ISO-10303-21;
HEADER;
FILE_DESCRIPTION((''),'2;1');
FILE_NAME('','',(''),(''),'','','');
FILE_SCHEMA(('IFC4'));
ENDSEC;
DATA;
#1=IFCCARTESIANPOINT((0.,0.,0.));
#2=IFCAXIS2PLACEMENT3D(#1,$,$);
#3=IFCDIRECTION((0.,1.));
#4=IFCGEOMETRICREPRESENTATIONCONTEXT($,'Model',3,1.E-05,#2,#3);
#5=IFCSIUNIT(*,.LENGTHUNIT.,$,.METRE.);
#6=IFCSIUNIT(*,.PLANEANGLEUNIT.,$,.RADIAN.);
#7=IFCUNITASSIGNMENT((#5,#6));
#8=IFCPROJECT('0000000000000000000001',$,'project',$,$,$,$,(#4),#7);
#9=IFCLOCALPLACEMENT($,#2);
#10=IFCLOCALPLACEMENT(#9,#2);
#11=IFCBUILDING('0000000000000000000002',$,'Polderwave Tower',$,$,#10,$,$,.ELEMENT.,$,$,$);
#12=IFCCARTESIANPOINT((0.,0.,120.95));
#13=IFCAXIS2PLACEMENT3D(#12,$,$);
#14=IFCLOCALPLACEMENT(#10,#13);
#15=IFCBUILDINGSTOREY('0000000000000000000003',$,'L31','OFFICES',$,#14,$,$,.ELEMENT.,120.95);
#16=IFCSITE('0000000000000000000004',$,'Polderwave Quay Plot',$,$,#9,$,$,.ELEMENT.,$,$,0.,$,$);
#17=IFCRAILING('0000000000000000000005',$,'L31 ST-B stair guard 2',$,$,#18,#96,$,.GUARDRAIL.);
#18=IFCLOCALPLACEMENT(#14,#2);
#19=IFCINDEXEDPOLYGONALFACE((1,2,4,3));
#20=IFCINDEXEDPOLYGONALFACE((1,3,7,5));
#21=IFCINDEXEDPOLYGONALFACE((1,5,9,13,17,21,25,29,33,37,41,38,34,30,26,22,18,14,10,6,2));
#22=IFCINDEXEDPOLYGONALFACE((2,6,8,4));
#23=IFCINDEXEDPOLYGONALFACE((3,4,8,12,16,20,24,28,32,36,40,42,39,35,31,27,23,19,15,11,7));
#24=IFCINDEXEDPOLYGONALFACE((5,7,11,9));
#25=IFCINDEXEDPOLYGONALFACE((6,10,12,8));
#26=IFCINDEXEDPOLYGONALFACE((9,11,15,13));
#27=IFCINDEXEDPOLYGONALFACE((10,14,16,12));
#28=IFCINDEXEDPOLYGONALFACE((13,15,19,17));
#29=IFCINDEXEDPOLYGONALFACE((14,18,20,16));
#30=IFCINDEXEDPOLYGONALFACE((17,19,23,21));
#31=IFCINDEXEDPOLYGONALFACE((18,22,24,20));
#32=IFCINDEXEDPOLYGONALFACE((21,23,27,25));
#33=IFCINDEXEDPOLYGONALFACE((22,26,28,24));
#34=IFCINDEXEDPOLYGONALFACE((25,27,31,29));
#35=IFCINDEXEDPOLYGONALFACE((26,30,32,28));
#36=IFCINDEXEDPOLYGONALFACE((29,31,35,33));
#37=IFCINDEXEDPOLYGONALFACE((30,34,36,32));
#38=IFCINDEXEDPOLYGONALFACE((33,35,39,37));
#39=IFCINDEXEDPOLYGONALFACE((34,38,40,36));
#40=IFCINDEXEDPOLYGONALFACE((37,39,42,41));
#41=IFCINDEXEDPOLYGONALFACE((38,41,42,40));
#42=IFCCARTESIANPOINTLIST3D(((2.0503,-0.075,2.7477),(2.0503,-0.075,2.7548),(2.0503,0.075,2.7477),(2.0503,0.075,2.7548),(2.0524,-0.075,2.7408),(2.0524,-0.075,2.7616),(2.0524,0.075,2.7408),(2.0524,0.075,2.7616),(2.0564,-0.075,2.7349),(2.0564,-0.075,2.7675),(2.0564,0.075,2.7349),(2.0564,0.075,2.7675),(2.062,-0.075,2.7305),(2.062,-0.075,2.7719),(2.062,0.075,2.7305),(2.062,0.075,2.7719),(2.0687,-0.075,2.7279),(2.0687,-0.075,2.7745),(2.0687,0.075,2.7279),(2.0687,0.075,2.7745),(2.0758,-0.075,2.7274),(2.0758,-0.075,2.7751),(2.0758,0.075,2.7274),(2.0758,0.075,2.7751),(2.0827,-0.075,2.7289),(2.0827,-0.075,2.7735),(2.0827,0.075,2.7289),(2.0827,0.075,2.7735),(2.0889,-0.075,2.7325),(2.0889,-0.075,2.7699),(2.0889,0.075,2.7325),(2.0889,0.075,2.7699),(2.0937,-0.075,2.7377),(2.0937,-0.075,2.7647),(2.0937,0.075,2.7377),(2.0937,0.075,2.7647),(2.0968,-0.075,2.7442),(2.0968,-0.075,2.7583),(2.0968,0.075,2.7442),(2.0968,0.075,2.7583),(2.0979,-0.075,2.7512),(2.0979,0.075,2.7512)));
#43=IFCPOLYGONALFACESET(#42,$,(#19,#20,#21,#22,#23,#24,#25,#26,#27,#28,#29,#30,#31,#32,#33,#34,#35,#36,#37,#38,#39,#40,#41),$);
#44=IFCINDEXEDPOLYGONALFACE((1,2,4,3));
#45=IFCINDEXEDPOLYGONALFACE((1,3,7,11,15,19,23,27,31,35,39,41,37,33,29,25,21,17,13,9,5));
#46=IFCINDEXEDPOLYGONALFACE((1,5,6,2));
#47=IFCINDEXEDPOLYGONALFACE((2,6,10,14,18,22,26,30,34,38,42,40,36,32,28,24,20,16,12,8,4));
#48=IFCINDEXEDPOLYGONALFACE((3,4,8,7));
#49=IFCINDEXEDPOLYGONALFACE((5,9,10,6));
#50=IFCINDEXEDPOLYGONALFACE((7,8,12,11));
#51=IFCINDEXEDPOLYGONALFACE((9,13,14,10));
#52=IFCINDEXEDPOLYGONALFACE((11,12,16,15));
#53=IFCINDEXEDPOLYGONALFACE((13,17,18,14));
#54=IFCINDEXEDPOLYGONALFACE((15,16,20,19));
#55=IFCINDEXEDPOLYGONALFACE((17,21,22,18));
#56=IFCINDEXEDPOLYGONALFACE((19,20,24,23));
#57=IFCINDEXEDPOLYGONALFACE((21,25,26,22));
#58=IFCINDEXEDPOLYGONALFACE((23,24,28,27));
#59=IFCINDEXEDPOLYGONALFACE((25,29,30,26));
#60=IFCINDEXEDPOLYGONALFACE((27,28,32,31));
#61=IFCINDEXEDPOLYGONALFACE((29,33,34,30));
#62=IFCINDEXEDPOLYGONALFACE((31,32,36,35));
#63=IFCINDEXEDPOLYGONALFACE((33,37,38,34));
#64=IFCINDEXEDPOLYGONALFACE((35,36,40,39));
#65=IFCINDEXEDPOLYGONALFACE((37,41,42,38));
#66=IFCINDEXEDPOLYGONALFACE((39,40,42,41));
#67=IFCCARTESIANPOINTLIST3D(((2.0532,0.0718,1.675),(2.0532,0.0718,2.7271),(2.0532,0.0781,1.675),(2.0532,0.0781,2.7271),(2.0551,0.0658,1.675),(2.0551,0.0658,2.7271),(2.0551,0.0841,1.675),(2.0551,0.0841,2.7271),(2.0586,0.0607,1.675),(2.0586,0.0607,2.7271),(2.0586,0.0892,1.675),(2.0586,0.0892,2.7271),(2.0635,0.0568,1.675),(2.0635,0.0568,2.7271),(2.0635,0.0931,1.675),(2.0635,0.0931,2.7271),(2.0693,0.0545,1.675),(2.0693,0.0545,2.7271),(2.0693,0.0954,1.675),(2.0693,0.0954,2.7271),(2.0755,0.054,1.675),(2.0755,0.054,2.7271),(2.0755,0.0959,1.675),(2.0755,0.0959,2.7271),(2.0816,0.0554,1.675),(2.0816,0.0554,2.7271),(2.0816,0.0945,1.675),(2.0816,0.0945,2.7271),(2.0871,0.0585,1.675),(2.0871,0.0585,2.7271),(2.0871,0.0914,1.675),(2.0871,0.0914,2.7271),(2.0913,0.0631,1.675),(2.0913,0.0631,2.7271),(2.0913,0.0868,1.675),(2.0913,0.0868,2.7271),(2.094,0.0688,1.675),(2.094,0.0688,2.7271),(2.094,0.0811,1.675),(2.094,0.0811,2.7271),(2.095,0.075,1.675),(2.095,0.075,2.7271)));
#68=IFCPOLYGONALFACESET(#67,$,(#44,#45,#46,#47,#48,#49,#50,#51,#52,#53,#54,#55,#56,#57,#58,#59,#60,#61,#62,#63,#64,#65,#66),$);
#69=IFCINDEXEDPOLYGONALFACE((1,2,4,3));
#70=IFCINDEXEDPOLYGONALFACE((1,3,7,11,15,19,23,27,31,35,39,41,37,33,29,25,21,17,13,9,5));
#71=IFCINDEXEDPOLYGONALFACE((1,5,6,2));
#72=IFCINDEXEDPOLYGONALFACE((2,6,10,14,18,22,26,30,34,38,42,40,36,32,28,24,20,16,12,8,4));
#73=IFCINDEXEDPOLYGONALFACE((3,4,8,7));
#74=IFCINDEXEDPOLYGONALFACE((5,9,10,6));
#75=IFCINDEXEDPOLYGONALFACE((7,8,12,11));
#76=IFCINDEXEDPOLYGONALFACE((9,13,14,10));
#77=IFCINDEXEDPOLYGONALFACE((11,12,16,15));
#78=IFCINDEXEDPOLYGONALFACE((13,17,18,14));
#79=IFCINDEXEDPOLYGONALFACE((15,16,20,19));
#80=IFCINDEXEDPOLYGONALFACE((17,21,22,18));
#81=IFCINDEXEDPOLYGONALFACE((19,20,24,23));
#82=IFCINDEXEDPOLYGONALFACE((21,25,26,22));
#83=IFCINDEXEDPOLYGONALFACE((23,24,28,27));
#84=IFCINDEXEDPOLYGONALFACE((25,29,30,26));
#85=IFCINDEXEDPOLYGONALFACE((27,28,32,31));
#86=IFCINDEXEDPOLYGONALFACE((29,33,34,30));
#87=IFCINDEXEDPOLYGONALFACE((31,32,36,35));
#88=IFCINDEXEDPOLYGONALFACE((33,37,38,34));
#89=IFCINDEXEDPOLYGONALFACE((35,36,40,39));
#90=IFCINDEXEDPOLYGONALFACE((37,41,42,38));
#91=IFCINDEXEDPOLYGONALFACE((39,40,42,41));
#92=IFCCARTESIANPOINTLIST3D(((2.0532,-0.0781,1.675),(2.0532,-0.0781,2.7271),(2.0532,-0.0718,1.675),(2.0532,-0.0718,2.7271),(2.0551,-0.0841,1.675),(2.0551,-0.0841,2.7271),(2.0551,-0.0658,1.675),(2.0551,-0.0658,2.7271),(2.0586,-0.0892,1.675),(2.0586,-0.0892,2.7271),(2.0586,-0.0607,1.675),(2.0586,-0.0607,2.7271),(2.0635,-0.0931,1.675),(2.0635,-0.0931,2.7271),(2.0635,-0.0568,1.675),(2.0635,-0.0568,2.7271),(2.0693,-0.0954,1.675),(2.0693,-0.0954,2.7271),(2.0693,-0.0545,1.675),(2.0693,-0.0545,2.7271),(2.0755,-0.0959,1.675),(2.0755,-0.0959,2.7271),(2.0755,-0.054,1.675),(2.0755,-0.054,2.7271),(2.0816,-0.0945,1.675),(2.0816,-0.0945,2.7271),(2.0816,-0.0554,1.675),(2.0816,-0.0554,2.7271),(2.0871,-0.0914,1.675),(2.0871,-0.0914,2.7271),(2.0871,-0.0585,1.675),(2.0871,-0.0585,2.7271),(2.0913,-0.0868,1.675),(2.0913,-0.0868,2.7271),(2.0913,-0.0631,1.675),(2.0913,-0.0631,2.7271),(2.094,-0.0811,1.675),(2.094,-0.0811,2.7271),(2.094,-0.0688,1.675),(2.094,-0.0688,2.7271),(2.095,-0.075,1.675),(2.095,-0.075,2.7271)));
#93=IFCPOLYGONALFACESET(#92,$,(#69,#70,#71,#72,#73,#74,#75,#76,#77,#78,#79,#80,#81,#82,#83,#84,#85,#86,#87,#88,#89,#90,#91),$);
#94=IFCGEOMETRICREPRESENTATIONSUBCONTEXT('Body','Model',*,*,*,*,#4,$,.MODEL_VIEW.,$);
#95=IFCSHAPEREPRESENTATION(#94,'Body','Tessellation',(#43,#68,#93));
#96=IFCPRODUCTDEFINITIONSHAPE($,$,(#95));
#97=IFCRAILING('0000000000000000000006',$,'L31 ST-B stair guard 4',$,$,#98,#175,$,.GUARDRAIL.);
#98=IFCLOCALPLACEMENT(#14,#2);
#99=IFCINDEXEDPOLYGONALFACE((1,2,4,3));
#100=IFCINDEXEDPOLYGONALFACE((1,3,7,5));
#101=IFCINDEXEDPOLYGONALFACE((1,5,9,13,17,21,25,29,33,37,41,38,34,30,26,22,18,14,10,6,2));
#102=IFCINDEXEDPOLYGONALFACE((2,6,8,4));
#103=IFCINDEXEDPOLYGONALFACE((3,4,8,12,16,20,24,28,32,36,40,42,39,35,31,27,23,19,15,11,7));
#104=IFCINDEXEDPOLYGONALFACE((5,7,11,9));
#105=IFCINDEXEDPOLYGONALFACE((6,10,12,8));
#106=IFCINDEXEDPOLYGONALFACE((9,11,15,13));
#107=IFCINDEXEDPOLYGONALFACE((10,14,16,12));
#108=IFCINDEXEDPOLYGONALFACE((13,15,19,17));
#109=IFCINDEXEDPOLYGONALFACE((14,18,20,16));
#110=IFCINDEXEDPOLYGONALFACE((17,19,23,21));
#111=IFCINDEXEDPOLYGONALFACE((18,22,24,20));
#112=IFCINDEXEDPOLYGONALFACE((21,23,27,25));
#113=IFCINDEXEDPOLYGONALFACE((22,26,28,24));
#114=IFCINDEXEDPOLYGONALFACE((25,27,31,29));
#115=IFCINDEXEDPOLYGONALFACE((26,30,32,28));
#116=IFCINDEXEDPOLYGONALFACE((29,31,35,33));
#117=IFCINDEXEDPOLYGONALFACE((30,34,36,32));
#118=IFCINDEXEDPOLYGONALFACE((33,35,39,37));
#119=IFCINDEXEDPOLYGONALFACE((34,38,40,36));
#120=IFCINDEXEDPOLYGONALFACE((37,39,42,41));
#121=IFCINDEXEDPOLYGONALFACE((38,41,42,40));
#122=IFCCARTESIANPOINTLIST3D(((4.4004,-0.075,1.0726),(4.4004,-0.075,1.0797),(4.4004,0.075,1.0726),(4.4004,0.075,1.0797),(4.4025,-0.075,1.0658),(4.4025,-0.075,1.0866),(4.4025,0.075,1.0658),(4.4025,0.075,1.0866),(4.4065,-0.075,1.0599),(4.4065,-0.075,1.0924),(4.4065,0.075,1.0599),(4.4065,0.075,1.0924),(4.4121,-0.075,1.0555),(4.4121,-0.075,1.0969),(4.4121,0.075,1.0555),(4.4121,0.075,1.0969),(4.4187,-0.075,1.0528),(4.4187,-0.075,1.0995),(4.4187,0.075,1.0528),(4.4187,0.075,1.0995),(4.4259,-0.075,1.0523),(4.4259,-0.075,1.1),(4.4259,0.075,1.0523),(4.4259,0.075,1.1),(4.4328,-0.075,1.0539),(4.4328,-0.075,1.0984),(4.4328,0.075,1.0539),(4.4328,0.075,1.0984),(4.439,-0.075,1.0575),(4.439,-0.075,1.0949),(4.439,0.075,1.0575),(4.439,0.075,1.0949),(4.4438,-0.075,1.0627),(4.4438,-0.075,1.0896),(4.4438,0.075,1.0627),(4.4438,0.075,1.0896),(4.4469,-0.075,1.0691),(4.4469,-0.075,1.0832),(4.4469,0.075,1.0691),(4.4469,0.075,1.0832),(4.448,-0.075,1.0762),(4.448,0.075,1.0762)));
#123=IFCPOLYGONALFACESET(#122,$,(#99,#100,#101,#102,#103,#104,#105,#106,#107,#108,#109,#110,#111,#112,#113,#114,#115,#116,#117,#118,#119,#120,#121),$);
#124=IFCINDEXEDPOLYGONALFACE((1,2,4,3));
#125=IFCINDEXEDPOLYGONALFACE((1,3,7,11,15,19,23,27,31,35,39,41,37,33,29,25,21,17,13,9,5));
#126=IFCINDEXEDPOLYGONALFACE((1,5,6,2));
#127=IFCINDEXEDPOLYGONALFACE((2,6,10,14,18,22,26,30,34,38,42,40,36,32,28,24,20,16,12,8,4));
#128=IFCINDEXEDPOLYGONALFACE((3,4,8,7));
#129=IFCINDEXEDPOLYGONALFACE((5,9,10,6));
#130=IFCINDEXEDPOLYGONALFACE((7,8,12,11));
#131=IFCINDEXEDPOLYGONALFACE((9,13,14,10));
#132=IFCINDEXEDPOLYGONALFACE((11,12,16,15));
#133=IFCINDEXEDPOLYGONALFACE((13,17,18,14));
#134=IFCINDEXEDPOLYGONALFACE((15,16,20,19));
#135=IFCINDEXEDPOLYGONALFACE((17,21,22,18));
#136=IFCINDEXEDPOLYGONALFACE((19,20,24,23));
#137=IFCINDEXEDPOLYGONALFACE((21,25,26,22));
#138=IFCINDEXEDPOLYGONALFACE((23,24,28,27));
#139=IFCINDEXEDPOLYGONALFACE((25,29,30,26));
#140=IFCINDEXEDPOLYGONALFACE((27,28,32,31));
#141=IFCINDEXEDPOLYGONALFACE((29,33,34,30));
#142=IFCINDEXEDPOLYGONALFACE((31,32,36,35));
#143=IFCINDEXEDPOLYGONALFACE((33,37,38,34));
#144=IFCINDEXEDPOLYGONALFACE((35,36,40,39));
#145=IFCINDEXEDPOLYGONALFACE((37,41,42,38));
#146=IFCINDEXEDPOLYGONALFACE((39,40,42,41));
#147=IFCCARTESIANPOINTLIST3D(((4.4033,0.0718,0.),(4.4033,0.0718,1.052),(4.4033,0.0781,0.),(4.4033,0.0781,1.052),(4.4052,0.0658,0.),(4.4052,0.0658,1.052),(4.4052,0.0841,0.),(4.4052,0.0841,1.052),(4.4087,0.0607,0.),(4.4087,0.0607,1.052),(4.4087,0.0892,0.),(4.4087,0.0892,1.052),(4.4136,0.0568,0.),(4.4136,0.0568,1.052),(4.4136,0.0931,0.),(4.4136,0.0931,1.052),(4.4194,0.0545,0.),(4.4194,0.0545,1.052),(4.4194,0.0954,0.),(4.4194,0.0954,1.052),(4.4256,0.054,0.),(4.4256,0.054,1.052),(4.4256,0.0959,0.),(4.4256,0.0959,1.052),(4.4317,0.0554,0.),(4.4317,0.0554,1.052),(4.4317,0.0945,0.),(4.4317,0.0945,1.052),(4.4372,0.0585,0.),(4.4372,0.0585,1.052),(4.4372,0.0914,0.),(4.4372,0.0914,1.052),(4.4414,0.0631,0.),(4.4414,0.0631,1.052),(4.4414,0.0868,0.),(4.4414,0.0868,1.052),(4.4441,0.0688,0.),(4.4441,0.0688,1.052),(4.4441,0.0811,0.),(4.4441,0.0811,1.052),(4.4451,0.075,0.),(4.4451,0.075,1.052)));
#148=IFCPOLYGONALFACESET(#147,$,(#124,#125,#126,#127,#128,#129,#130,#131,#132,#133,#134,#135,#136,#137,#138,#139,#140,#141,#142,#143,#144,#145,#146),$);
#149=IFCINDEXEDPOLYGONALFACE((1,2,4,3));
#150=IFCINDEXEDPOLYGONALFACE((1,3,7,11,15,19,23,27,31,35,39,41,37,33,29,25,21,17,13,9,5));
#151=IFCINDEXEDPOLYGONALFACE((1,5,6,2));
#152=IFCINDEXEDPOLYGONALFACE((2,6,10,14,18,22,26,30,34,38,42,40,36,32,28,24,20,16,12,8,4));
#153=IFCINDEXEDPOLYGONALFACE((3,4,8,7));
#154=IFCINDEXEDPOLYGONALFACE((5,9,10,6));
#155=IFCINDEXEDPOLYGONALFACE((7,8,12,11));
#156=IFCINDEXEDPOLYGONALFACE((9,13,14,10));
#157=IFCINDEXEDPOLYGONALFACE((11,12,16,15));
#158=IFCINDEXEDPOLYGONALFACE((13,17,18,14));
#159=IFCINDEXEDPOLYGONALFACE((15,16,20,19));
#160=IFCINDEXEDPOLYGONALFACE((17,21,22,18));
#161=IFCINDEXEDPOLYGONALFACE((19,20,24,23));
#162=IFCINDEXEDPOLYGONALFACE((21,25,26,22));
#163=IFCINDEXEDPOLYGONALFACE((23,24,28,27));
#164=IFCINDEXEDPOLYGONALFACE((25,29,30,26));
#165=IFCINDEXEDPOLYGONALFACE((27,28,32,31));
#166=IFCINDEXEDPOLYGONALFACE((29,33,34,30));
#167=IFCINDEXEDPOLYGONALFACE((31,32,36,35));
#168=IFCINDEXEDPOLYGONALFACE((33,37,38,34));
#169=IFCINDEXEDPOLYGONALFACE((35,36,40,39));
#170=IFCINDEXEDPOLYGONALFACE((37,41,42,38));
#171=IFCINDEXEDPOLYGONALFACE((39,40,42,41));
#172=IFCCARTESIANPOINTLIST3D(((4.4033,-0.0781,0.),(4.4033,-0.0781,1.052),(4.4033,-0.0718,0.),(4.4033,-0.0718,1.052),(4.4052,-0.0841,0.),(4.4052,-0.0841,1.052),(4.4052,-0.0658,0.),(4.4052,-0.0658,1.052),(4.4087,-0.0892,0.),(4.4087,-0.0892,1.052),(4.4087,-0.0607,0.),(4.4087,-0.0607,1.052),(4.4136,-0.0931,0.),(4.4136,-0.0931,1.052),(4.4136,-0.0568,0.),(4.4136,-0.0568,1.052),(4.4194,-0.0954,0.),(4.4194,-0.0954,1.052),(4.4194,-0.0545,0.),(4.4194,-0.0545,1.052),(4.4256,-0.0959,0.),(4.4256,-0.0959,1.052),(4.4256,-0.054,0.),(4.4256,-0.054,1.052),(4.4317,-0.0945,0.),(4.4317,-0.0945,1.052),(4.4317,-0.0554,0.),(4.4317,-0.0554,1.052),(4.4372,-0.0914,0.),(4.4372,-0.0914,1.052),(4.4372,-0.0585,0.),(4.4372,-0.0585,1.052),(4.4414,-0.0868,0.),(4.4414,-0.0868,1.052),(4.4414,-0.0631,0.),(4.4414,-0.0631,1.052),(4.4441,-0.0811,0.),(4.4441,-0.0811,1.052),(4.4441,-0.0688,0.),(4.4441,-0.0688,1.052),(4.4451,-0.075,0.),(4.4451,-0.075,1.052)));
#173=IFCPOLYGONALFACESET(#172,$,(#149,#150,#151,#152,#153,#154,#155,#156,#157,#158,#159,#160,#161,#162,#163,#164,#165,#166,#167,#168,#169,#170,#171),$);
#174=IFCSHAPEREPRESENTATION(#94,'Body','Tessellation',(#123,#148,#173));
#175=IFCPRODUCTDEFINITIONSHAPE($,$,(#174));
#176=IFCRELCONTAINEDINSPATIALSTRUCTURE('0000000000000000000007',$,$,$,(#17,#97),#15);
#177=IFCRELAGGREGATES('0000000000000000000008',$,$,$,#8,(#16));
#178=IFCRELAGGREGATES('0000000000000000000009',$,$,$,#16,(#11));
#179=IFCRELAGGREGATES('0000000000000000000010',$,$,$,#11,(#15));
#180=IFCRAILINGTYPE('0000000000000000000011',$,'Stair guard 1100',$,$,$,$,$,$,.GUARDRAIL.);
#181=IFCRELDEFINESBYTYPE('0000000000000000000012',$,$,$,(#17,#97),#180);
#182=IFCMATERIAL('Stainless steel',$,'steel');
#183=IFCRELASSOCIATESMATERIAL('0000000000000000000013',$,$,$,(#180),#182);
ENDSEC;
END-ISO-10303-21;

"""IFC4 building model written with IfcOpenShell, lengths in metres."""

from ifc_helpers import new_model, si_unit, direction, frame, origin, origin_2d, place, context, subcontext, project, spatial, circle, extrude, material, type_object, element, save


model = new_model("IFC4")

# Units and contexts
model_context = context("Model", 3, precision=1e-05, world=origin(), true_north=direction((0.0, 1.0)))
body_context = subcontext(model_context, "Body", "Model", "MODEL_VIEW")
ifc_project = project(units=[si_unit("LENGTHUNIT", "METRE"), si_unit("PLANEANGLEUNIT", "RADIAN")], contexts=[model_context])

# Site, building, storey
site_placement = place(None, origin())
site = spatial("IfcSite", under=ifc_project, at=site_placement, Name="Polderwave Quay Plot", CompositionType="ELEMENT", RefElevation=0.0)
building_placement = place(site_placement, origin())
building = spatial("IfcBuilding", under=site, at=building_placement, Name="Polderwave Tower", CompositionType="ELEMENT")
storey_placement = place(building_placement, frame((0.0, 0.0, 120.95)))
storey = spatial("IfcBuildingStorey", under=building, at=storey_placement, Name="L31", Description="OFFICES", CompositionType="ELEMENT", Elevation=120.95)

# Shared definitions
ifc_material_1 = material(Name="Stainless steel", Category="steel")

# Railings
railing_type_1 = type_object("IfcRailingType", Name="Stair guard 1100", PredefinedType="GUARDRAIL", material=ifc_material_1)
for number, where, name in (
    (1, (2.074, 0.075, 1.675), "L31 ST-B stair guard 2"),
    (2, (4.4241, 0.075, 0.0), "L31 ST-B stair guard 4"),
):
    element("IfcRailing", number, at=place(storey_placement, frame(where)), inside=storey, type_object=railing_type_1, Name=name, PredefinedType="GUARDRAIL", context=body_context, shape_type="SweptSolid", body=[
        extrude(circle(Radius=0.0239, at=origin_2d()), frame((0.0, 0.0, 1.0762), z_axis=(0.0, -1.0, 0.0), x_axis=(1.0, 0.0, 0.0)), (0.0, 0.0, 1.0), 0.1499),
        extrude(circle(Radius=0.021, at=origin_2d()), origin(), (0.0, 0.0, 1.0), 1.052),
        extrude(circle(Radius=0.021, at=origin_2d()), frame((0.0, -0.1499, 0.0)), (0.0, 0.0, 1.0), 1.052),
    ])

save(model, "model.ifc")
